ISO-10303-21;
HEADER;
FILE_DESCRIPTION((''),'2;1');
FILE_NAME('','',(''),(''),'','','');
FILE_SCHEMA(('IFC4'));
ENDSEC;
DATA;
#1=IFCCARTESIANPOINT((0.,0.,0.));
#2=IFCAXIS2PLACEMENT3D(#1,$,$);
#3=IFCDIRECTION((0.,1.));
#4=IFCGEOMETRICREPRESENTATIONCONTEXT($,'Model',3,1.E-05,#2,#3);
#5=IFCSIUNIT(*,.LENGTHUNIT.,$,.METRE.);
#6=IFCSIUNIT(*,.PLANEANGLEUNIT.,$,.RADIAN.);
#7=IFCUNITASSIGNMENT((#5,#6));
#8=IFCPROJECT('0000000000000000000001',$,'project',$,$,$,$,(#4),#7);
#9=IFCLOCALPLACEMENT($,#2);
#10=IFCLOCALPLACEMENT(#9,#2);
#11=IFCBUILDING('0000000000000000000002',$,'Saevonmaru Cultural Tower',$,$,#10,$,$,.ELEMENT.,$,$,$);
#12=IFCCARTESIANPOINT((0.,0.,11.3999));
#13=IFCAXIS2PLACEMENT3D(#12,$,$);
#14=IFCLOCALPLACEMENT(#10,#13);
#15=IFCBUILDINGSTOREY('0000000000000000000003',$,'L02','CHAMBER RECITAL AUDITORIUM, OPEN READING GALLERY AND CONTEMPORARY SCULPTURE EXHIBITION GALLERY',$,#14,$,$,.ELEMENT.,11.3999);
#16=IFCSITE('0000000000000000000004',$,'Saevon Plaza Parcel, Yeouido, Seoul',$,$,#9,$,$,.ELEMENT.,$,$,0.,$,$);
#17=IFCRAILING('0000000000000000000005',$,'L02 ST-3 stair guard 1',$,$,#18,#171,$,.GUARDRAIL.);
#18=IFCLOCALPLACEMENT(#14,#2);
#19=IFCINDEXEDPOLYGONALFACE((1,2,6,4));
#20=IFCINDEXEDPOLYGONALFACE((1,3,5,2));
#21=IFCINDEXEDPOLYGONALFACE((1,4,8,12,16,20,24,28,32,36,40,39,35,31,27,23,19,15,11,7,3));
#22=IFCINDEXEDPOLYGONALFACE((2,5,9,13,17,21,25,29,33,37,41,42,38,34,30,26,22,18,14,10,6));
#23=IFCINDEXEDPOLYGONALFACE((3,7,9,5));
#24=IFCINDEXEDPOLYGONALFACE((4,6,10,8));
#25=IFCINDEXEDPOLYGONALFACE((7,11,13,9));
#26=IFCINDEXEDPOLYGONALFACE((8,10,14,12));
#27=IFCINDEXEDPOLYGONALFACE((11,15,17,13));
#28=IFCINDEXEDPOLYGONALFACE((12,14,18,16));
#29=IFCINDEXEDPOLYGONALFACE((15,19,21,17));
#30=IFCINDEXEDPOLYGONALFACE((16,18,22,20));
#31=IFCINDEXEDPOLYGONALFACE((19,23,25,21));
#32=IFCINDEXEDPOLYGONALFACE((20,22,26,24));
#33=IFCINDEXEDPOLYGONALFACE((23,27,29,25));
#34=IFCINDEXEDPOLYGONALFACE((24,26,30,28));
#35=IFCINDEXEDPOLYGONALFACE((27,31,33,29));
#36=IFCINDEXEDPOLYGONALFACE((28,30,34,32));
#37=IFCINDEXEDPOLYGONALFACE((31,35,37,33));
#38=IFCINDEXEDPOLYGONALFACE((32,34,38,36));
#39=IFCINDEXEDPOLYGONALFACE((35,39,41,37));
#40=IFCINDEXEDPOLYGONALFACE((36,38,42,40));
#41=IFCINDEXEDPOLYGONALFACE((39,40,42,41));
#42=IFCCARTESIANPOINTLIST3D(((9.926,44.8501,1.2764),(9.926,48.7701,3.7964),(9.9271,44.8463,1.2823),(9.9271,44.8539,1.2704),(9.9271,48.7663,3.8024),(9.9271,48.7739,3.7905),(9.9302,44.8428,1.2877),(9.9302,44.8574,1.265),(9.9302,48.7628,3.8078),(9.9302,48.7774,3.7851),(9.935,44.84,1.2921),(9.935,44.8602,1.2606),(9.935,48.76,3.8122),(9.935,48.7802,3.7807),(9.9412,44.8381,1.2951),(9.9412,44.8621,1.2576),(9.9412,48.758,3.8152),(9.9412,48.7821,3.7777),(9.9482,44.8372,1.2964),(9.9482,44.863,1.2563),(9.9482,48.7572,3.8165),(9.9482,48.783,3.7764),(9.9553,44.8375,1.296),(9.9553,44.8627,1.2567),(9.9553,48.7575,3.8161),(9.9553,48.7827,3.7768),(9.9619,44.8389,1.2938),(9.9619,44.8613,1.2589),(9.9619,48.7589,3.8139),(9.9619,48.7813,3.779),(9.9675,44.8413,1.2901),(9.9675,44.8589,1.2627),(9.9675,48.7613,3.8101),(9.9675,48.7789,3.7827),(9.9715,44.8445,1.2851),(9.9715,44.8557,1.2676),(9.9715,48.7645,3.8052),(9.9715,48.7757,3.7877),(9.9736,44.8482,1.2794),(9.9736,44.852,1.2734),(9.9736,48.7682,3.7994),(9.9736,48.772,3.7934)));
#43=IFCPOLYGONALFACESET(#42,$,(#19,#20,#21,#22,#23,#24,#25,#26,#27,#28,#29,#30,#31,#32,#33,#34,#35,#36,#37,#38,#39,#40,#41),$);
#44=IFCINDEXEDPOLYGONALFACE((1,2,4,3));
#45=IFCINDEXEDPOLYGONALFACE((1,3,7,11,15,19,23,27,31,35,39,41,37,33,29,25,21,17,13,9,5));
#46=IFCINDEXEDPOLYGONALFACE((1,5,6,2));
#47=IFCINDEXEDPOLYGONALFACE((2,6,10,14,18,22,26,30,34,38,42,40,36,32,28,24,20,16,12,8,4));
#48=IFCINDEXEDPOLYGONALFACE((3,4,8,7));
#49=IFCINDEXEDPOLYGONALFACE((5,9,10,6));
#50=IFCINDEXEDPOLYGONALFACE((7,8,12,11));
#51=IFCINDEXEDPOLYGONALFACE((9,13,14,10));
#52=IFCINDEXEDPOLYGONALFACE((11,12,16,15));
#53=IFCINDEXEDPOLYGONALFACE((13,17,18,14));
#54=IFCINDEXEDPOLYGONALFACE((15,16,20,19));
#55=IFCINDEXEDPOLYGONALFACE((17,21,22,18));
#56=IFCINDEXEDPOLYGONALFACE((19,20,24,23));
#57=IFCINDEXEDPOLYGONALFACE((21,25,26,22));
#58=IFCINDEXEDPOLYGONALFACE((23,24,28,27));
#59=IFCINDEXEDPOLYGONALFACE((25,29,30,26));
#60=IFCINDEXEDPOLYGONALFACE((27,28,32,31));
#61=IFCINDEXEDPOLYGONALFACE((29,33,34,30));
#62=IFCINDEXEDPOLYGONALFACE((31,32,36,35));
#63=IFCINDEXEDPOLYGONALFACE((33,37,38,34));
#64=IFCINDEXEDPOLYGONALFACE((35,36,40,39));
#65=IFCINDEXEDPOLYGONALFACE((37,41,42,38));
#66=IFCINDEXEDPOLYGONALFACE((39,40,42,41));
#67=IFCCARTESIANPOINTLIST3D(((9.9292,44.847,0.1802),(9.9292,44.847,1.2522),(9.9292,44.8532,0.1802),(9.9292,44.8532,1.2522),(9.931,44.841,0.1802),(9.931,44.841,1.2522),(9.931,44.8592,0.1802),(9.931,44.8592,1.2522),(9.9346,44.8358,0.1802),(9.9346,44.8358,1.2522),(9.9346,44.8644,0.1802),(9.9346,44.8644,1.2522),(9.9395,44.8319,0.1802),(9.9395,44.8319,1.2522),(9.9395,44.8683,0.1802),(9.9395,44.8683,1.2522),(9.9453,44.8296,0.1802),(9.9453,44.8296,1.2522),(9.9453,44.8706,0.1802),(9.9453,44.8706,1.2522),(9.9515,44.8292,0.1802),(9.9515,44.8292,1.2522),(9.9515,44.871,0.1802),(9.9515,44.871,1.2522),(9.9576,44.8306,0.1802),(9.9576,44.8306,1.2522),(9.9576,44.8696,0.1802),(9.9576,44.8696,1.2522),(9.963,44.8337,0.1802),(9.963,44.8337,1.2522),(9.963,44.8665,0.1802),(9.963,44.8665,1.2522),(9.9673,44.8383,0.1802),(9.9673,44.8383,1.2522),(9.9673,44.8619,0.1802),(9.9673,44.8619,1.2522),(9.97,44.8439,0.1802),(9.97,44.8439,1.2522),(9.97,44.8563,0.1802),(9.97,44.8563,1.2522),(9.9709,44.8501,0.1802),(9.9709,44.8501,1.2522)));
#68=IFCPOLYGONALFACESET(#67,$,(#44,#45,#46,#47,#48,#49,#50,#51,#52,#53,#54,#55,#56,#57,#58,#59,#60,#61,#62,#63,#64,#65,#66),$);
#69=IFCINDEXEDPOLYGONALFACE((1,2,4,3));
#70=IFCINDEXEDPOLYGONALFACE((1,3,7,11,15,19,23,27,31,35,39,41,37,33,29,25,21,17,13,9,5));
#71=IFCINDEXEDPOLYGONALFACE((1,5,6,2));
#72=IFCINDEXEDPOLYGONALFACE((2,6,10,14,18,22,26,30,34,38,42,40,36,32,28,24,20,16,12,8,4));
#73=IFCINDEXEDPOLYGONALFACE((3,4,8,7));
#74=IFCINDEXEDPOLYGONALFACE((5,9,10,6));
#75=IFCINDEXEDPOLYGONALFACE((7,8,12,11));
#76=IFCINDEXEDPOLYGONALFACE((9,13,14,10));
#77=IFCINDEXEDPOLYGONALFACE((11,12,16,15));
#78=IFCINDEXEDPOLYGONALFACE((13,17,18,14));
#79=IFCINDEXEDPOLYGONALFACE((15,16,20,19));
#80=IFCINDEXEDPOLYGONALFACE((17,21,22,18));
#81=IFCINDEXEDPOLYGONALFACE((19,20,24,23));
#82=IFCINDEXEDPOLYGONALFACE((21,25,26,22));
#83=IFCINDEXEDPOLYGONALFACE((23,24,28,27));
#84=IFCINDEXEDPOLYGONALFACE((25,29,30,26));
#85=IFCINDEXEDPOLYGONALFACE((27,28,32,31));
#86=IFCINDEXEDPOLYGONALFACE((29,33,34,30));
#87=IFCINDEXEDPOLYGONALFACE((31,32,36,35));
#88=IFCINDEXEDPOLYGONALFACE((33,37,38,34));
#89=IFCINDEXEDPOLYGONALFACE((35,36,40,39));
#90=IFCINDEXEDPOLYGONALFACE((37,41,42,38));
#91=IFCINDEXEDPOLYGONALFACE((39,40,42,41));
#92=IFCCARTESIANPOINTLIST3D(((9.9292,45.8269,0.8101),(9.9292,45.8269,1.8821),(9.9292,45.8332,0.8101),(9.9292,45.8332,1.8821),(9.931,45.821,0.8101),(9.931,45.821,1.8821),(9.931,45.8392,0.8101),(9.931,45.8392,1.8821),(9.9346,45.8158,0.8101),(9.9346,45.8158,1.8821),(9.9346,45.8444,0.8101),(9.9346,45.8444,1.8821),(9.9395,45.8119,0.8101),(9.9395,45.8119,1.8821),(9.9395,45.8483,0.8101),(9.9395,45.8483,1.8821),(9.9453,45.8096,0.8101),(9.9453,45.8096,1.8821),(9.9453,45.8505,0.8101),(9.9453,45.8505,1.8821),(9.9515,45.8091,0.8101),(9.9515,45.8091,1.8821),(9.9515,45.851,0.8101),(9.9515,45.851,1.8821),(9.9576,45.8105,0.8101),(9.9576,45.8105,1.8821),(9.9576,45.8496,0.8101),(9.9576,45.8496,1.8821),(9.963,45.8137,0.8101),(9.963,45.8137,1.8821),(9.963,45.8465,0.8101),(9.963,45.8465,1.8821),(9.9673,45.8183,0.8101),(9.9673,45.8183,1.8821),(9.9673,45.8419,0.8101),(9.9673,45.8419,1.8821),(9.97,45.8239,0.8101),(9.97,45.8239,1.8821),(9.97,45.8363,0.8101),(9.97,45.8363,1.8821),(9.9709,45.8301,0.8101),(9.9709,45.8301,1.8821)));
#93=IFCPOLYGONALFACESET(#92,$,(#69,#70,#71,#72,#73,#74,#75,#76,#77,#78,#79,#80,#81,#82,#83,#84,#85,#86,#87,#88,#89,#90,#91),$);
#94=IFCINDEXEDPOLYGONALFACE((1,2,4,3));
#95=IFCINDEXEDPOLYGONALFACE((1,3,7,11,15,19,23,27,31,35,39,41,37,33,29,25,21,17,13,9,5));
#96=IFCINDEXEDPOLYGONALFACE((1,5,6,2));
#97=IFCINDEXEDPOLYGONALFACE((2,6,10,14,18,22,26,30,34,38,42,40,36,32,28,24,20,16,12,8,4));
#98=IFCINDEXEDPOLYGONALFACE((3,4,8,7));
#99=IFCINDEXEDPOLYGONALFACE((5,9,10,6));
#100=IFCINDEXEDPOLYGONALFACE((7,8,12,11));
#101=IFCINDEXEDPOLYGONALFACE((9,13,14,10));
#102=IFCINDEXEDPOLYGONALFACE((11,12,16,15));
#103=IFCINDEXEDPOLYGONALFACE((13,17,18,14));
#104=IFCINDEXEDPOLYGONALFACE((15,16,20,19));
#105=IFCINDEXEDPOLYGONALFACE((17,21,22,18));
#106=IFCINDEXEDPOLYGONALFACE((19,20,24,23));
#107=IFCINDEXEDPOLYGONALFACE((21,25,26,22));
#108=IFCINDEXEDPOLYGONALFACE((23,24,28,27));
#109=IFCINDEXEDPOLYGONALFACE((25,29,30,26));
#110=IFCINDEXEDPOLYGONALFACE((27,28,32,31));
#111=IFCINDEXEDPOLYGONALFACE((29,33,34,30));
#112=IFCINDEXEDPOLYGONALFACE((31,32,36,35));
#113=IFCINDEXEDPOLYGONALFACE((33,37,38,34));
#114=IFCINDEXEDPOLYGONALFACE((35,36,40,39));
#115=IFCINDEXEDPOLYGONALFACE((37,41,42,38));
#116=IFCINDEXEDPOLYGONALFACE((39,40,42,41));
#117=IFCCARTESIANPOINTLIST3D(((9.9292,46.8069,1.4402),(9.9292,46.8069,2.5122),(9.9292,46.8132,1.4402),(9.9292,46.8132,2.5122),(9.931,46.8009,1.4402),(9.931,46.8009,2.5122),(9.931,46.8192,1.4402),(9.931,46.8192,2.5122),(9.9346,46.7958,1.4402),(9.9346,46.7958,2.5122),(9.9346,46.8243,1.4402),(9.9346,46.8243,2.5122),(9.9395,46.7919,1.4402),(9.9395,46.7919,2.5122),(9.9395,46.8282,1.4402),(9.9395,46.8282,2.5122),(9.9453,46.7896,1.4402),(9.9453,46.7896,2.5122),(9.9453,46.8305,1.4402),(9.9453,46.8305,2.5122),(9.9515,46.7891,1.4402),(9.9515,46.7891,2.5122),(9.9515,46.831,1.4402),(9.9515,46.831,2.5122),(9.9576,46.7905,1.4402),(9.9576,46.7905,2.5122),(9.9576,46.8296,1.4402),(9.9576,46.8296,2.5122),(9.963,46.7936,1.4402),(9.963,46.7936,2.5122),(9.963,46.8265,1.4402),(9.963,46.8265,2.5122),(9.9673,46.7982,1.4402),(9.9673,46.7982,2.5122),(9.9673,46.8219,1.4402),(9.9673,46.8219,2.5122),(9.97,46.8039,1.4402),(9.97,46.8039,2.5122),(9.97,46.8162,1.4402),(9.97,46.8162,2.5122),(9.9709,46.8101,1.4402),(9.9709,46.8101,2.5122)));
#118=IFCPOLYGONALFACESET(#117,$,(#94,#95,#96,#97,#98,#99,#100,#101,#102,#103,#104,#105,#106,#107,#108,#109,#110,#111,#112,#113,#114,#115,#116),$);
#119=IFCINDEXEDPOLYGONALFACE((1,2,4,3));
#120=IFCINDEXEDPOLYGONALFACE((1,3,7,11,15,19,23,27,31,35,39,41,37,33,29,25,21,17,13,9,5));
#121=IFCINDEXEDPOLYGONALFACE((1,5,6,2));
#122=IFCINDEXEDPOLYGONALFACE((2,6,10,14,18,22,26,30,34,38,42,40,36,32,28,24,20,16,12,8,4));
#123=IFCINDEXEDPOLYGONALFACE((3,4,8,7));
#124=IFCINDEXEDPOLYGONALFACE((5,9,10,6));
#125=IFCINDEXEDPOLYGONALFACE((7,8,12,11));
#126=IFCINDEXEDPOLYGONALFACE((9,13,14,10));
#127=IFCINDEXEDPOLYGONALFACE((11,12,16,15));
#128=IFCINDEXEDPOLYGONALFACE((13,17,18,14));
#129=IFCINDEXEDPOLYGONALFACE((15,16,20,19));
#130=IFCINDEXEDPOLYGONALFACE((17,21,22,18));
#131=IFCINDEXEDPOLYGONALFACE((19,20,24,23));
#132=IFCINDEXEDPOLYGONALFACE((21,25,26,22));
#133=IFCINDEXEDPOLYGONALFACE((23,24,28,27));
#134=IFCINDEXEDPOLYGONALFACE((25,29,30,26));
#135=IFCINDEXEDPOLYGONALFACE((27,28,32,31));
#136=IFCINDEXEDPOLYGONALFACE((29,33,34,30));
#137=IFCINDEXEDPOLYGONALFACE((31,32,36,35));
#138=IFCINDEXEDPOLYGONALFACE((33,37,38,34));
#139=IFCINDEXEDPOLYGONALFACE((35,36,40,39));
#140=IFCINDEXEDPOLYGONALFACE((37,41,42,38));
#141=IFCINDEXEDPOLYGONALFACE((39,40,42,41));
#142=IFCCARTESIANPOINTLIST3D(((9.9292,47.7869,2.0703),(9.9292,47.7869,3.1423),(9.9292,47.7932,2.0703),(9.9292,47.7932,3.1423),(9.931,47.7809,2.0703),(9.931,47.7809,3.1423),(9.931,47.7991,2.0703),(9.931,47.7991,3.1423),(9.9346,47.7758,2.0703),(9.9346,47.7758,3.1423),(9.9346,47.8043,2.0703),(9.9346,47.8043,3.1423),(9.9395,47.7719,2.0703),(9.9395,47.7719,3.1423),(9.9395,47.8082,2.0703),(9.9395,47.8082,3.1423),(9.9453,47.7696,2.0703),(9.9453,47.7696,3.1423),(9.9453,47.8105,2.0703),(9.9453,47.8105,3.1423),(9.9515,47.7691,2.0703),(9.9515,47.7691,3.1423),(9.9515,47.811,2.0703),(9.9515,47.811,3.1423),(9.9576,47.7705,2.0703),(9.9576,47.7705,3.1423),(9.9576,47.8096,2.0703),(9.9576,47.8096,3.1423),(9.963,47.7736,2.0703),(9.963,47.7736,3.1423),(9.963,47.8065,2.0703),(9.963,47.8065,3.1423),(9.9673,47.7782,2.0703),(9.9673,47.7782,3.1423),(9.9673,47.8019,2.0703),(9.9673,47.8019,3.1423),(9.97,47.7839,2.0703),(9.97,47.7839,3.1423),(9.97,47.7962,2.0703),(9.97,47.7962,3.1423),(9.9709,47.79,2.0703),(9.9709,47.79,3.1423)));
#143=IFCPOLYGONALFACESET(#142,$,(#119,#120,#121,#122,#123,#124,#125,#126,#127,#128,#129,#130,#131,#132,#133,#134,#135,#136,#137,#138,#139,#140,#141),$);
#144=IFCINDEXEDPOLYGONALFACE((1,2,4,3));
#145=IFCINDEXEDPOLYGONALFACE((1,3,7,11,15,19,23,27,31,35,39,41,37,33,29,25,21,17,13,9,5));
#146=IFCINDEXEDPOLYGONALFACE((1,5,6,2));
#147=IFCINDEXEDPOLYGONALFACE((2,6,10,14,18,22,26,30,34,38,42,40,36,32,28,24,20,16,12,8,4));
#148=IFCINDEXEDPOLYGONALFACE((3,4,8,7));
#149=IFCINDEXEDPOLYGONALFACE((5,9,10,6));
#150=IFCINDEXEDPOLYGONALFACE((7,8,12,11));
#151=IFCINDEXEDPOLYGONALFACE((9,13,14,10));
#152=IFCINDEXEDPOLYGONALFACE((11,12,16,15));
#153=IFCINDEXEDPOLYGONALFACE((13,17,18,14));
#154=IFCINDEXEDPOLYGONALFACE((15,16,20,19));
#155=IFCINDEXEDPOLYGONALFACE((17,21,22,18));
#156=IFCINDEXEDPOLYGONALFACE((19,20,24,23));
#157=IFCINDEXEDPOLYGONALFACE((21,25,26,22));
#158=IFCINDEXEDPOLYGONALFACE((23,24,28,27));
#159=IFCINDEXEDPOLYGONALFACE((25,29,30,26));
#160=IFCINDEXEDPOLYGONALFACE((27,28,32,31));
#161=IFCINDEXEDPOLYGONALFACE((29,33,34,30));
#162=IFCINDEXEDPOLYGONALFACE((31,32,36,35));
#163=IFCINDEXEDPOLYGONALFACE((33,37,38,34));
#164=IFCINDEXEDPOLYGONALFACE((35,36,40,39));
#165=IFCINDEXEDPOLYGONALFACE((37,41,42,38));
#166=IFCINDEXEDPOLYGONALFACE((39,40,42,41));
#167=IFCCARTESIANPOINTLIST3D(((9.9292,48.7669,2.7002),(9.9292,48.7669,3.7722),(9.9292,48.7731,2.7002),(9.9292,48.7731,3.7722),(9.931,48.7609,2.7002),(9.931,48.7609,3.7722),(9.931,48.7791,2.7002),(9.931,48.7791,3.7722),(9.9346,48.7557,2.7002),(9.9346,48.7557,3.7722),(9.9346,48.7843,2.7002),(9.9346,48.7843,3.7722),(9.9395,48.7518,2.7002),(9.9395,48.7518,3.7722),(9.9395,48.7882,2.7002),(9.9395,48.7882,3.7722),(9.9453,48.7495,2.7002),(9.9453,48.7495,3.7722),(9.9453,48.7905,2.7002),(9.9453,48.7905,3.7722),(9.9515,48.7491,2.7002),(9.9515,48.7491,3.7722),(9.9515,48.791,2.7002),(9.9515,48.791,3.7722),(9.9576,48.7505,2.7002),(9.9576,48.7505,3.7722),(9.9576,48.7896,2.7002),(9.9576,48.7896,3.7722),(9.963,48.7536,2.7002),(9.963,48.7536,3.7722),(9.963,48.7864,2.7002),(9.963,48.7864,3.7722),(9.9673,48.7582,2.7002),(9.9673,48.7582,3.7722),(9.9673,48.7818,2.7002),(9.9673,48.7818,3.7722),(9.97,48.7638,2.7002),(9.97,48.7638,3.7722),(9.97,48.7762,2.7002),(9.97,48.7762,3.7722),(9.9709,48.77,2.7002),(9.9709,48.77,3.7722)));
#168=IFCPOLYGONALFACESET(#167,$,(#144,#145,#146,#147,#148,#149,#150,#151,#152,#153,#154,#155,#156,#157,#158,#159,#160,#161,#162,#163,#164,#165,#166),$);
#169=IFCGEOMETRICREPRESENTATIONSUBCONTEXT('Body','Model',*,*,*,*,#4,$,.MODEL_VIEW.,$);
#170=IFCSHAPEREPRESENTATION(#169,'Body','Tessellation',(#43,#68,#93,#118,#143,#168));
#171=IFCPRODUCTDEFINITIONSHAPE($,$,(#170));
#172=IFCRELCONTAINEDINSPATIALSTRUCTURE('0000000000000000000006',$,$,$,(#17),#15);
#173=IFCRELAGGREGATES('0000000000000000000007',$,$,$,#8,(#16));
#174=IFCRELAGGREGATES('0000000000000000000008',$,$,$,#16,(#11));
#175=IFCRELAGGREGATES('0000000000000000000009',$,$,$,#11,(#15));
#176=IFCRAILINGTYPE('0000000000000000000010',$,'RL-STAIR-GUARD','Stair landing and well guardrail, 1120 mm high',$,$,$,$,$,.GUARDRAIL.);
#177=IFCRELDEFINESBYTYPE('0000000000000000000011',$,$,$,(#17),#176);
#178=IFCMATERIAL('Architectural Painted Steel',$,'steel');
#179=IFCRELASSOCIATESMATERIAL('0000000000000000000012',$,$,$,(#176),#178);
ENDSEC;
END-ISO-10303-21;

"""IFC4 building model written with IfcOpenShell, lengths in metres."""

from ifc_helpers import new_model, si_unit, direction, frame, origin, origin_2d, place, context, subcontext, project, spatial, circle, extrude, material, type_object, element, save


model = new_model("IFC4")

# Units and contexts
model_context = context("Model", 3, precision=1e-05, world=origin(), true_north=direction((0.0, 1.0)))
body_context = subcontext(model_context, "Body", "Model", "MODEL_VIEW")
ifc_project = project(units=[si_unit("LENGTHUNIT", "METRE"), si_unit("PLANEANGLEUNIT", "RADIAN")], contexts=[model_context])

# Site, building, storey
site_placement = place(None, origin())
site = spatial("IfcSite", under=ifc_project, at=site_placement, Name="Saevon Plaza Parcel, Yeouido, Seoul", CompositionType="ELEMENT", RefElevation=0.0)
building_placement = place(site_placement, origin())
building = spatial("IfcBuilding", under=site, at=building_placement, Name="Saevonmaru Cultural Tower", CompositionType="ELEMENT")
storey_placement = place(building_placement, frame((0.0, 0.0, 11.3999)))
storey = spatial("IfcBuildingStorey", under=building, at=storey_placement, Name="L02", Description="CHAMBER RECITAL AUDITORIUM, OPEN READING GALLERY AND CONTEMPORARY SCULPTURE EXHIBITION GALLERY", CompositionType="ELEMENT", Elevation=11.3999)

# Railing
ifc_material_1 = material(Name="Architectural Painted Steel", Category="steel")
railing_type_1 = type_object("IfcRailingType", Name="RL-STAIR-GUARD", Description="Stair landing and well guardrail, 1120 mm high", PredefinedType="GUARDRAIL", material=ifc_material_1)
railing_1_placement = place(storey_placement, frame((9.95, 44.8501, 0.1802)))
element("IfcRailing", 1, at=railing_1_placement, inside=storey, type_object=railing_type_1, Name="L02 ST-3 stair guard 1", PredefinedType="GUARDRAIL", context=body_context, shape_type="SweptSolid", body=[
    extrude(circle(Radius=0.0239, at=origin_2d()), frame((0.0, 0.0, 1.0962), z_axis=(0.0, 0.841172, 0.540768), x_axis=(-1.0, 0.0, 0.0)), (0.0, 0.0, 1.0), 4.6602),
    extrude(circle(Radius=0.021, at=origin_2d()), origin(), (0.0, 0.0, 1.0), 1.072),
    extrude(circle(Radius=0.021, at=origin_2d()), frame((0.0, 0.98, 0.6299)), (0.0, 0.0, 1.0), 1.072),
    extrude(circle(Radius=0.021, at=origin_2d()), frame((0.0, 1.96, 1.26)), (0.0, 0.0, 1.0), 1.072),
    extrude(circle(Radius=0.021, at=origin_2d()), frame((0.0, 2.9399, 1.8901)), (0.0, 0.0, 1.0), 1.072),
    extrude(circle(Radius=0.021, at=origin_2d()), frame((0.0, 3.9199, 2.52)), (0.0, 0.0, 1.0), 1.072),
])

save(model, "model.ifc")
